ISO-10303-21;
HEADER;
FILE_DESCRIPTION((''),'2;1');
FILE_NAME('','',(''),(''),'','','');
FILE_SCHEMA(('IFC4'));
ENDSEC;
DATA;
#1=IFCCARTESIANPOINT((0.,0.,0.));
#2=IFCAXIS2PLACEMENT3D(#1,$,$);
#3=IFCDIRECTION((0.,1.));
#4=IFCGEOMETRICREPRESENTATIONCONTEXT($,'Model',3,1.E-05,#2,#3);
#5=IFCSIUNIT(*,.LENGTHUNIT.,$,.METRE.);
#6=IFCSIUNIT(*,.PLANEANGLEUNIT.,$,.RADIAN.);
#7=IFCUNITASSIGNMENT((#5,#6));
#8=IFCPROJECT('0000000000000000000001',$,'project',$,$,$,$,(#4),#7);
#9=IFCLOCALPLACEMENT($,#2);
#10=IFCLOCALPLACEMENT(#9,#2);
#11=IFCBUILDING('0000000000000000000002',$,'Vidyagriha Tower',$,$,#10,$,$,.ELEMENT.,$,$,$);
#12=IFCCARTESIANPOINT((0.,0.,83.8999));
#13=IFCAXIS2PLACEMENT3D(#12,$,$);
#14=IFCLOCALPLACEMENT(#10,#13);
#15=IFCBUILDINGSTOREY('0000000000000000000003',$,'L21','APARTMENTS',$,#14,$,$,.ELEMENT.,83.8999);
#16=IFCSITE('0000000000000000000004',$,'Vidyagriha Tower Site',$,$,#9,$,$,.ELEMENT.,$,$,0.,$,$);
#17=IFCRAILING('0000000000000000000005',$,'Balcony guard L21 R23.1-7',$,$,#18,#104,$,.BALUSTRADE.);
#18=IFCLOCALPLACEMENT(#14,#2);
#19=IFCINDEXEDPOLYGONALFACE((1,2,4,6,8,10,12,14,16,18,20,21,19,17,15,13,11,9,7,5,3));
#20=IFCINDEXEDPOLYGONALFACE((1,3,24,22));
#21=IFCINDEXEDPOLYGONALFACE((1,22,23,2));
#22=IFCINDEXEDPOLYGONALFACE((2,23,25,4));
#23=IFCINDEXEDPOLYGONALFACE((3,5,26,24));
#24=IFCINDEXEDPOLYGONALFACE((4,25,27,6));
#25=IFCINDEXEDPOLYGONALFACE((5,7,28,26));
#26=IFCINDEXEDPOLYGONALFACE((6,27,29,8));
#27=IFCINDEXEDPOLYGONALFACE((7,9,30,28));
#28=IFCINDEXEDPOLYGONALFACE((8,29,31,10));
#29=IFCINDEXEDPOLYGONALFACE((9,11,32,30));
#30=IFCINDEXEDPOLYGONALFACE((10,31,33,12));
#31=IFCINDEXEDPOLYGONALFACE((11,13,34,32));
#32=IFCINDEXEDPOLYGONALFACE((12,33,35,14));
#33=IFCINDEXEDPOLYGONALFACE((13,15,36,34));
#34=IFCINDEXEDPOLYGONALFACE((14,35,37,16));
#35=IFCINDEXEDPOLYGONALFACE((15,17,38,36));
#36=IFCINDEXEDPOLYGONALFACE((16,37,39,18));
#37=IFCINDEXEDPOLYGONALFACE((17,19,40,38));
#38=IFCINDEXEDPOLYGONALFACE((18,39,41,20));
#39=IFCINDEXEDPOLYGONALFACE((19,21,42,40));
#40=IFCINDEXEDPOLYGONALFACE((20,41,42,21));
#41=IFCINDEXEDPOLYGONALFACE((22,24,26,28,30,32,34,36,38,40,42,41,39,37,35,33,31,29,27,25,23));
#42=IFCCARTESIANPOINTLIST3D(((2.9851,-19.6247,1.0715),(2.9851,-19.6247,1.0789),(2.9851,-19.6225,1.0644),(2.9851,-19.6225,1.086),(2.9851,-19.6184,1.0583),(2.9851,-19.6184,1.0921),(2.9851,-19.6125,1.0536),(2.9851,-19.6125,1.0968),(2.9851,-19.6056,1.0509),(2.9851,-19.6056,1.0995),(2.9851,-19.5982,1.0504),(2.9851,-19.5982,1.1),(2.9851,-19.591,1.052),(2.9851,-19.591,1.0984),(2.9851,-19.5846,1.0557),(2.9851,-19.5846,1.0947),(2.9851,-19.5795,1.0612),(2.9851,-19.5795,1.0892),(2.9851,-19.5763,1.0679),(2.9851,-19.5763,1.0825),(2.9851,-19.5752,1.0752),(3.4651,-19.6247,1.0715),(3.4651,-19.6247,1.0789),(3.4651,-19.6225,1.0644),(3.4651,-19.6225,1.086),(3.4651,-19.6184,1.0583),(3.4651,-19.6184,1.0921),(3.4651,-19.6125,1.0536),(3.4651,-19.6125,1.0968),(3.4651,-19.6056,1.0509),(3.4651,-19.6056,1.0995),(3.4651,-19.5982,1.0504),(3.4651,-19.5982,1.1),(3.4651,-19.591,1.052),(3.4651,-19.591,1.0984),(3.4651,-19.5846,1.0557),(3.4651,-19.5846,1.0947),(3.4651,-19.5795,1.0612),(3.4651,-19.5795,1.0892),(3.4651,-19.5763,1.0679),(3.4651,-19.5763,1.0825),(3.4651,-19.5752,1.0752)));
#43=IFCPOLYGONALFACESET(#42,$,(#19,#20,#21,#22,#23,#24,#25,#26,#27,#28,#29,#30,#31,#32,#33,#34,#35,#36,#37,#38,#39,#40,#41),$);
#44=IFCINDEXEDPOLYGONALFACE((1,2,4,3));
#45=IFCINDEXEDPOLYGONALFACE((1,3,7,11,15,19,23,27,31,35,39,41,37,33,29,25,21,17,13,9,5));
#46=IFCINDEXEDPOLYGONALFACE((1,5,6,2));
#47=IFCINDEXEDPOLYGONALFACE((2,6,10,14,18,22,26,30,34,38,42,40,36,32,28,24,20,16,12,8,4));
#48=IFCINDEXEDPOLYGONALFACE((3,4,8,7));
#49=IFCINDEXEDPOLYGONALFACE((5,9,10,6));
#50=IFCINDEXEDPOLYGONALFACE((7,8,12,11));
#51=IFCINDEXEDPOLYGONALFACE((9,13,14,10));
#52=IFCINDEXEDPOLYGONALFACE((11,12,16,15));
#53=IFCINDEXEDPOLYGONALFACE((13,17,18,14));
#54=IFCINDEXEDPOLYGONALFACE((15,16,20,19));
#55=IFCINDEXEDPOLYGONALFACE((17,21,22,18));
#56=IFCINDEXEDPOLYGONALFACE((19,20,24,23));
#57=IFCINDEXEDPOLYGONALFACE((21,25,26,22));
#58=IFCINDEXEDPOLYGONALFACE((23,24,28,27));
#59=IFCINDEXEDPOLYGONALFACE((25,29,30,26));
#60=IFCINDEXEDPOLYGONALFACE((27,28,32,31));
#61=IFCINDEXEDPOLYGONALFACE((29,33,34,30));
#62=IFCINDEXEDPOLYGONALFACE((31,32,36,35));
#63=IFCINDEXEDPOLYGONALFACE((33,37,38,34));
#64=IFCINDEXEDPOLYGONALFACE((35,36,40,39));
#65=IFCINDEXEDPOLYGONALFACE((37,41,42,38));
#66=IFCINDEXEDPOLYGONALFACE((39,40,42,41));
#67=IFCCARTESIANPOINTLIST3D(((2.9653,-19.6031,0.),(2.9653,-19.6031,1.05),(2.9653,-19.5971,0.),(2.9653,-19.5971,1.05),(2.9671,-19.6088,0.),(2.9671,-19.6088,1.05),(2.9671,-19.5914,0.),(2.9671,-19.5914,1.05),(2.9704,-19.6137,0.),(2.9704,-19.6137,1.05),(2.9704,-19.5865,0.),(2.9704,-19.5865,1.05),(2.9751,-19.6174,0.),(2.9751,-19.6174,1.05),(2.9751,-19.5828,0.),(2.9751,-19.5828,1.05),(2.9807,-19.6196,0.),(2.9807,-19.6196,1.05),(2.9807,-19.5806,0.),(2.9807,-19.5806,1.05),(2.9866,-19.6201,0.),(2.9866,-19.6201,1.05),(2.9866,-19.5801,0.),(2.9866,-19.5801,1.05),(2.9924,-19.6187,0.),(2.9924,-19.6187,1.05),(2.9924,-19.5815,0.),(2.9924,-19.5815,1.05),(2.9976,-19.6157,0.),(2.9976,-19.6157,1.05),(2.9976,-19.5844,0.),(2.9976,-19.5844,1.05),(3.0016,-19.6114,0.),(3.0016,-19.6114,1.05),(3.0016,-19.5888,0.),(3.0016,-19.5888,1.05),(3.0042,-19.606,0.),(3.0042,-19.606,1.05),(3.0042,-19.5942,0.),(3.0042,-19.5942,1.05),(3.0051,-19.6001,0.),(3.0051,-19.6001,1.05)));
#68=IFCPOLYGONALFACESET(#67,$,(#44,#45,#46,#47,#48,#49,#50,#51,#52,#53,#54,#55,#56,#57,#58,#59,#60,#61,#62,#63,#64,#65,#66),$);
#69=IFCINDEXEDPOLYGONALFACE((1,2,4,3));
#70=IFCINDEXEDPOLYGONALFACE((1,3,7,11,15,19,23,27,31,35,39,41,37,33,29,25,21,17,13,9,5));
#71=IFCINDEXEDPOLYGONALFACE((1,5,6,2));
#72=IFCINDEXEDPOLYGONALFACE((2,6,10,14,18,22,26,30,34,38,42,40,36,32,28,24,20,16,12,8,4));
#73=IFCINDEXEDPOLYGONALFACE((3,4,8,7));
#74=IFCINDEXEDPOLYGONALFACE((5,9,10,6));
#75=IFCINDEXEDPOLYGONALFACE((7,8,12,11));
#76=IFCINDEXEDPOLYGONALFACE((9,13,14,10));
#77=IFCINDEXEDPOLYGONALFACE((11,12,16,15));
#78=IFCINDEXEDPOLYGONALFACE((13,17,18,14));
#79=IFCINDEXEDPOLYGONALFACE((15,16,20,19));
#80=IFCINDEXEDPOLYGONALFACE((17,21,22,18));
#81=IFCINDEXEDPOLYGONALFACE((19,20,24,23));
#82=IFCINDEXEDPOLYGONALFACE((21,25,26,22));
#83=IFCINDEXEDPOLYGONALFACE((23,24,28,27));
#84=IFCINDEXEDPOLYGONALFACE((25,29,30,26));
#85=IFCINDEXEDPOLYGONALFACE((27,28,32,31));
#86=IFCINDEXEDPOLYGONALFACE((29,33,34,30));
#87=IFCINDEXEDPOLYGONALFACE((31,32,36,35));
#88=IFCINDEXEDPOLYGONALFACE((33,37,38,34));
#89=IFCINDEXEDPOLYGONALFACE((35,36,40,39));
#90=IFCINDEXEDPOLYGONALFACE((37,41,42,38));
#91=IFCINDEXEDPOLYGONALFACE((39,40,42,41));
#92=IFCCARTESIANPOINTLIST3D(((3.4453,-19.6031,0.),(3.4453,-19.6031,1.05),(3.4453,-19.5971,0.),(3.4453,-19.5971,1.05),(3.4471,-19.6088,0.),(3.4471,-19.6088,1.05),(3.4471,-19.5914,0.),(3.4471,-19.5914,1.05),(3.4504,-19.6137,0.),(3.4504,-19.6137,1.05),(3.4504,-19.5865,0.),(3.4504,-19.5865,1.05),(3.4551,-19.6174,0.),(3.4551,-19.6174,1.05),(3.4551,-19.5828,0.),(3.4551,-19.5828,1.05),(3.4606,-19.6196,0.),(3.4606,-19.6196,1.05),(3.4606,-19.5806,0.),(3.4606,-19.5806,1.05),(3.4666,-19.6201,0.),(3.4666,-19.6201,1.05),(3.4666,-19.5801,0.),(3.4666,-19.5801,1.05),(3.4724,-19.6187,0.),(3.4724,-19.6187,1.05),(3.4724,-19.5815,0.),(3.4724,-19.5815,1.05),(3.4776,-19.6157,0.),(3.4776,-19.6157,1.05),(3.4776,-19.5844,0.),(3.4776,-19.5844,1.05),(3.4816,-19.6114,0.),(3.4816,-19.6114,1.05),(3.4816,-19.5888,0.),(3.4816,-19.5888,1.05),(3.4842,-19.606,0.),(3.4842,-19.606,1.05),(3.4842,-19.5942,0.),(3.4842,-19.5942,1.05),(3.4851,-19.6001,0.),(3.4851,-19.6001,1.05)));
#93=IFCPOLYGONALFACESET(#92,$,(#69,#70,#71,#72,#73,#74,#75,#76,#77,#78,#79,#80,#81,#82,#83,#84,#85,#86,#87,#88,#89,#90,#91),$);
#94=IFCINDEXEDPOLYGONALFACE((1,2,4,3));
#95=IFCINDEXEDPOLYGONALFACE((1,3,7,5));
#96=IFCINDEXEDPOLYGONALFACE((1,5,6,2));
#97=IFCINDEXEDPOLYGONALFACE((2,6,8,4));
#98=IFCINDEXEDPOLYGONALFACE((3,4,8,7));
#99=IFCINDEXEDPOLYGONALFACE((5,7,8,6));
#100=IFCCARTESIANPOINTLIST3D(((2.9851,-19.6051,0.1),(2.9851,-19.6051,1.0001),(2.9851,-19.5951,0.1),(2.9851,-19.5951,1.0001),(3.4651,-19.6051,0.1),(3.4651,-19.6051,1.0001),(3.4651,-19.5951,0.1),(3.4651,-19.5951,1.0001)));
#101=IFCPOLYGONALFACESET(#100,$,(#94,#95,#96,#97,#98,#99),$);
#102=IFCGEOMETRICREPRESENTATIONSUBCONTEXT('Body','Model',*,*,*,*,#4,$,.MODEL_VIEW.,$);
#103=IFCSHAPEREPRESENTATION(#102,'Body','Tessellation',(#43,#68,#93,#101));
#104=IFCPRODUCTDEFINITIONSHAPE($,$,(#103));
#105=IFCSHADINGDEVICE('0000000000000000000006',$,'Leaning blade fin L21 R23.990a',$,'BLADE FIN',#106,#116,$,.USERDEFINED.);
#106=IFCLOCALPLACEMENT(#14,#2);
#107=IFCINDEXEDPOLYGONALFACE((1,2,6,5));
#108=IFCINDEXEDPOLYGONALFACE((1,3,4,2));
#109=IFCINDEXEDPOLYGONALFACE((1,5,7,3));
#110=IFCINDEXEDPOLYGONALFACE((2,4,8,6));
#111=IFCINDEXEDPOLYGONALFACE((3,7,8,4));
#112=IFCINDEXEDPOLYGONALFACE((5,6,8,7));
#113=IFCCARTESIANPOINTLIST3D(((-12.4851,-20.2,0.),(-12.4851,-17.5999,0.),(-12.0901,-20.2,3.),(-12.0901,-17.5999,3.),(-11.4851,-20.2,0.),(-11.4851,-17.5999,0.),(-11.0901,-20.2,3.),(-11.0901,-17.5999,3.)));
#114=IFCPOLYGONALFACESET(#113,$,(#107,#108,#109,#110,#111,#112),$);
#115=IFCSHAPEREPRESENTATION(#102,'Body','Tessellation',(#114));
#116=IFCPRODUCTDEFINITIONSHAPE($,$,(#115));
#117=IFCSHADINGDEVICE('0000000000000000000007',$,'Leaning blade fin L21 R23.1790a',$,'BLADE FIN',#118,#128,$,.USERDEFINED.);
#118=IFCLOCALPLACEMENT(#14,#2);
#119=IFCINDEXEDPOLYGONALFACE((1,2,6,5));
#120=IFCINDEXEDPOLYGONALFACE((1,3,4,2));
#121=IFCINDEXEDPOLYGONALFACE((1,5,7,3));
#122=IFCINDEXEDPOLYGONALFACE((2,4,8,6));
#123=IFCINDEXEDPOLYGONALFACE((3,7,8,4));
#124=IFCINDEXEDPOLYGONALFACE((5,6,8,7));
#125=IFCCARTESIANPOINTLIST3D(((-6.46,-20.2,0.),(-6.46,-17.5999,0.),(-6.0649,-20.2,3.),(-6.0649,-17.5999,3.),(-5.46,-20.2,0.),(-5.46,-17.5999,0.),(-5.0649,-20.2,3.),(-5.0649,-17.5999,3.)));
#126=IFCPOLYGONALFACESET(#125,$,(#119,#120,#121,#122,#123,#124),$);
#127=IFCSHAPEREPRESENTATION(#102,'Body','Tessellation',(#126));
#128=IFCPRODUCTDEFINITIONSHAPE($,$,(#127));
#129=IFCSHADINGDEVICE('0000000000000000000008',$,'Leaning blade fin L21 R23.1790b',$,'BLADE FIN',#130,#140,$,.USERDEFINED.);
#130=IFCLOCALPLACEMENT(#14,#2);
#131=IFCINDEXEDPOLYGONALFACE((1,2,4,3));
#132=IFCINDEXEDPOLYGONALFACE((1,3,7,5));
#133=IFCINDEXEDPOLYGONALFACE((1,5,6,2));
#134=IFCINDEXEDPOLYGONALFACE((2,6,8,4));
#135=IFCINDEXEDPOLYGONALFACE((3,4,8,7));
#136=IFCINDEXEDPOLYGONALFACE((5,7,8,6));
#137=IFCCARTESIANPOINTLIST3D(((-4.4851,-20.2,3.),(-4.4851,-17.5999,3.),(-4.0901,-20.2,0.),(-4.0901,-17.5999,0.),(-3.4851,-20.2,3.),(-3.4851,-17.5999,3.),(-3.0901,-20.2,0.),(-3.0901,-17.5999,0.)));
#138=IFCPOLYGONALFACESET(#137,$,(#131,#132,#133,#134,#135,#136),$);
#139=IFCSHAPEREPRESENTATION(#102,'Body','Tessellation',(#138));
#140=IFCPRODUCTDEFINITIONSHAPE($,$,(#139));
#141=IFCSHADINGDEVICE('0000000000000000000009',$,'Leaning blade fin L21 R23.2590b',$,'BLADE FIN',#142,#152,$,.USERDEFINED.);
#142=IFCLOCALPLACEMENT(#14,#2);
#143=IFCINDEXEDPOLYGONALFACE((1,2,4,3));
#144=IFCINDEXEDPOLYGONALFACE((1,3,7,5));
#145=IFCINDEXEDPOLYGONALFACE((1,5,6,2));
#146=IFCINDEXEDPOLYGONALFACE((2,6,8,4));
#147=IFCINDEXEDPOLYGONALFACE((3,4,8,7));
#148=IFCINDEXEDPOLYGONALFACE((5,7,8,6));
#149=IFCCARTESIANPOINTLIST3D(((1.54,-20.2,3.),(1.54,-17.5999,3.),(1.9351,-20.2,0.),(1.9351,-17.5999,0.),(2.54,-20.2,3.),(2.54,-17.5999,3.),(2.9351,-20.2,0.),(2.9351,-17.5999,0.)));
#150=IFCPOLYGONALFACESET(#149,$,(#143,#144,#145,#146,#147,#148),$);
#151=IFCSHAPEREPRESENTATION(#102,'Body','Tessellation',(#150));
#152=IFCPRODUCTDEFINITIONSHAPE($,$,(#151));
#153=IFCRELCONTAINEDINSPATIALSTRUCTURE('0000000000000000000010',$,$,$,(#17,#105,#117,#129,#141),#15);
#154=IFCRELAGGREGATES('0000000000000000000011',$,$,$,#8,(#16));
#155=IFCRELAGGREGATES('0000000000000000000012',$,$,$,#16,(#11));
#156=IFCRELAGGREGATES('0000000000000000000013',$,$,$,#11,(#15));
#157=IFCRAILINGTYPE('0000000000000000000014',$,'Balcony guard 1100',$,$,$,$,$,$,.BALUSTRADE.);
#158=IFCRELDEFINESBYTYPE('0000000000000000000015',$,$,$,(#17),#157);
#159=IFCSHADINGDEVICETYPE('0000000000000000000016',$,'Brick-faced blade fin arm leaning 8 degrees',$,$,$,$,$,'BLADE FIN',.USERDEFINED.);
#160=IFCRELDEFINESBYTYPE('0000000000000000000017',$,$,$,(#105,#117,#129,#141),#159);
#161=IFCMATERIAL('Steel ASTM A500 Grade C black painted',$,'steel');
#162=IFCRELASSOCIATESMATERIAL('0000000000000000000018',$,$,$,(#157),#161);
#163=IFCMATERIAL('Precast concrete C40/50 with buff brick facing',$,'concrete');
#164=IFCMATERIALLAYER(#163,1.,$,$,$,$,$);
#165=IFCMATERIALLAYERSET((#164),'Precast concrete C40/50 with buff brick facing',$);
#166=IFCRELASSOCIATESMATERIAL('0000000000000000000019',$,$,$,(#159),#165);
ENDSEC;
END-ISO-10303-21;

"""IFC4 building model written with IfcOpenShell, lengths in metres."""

from ifc_helpers import new_model, si_unit, direction, frame, origin, origin_2d, place, context, subcontext, project, spatial, polyline, rectangle, circle, outline, extrude, material, layer, layer_set, type_object, element, save


model = new_model("IFC4")

# Units and contexts
model_context = context("Model", 3, precision=1e-05, world=origin(), true_north=direction((0.0, 1.0)))
body_context = subcontext(model_context, "Body", "Model", "MODEL_VIEW")
ifc_project = project(units=[si_unit("LENGTHUNIT", "METRE"), si_unit("PLANEANGLEUNIT", "RADIAN")], contexts=[model_context])

# Site, building, storey
site_placement = place(None, origin())
site = spatial("IfcSite", under=ifc_project, at=site_placement, Name="Vidyagriha Tower Site", CompositionType="ELEMENT", RefElevation=0.0)
building_placement = place(site_placement, origin())
building = spatial("IfcBuilding", under=site, at=building_placement, Name="Vidyagriha Tower", CompositionType="ELEMENT")
storey_placement = place(building_placement, frame((0.0, 0.0, 83.8999)))
storey = spatial("IfcBuildingStorey", under=building, at=storey_placement, Name="L21", Description="APARTMENTS", CompositionType="ELEMENT", Elevation=83.8999)

# Railing
ifc_material_1 = material(Name="Steel ASTM A500 Grade C black painted", Category="steel")
railing_type = type_object("IfcRailingType", Name="Balcony guard 1100", PredefinedType="BALUSTRADE", material=ifc_material_1)
railing_1_placement = place(storey_placement, frame((2.9851, -19.6001, 0.0)))
element("IfcRailing", 1, at=railing_1_placement, inside=storey, type_object=railing_type, Name="Balcony guard L21 R23.1-7", PredefinedType="BALUSTRADE", context=body_context, shape_type="SweptSolid", body=[
    extrude(circle(Radius=0.0249, at=origin_2d()), frame((0.0, 0.0, 1.0752), z_axis=(1.0, 0.0, 0.0), x_axis=(0.0, 1.0, 0.0)), (0.0, 0.0, 1.0), 0.48),
    extrude(circle(Radius=0.02, at=origin_2d()), origin(), (0.0, 0.0, 1.0), 1.05),
    extrude(circle(Radius=0.02, at=origin_2d()), frame((0.48, 0.0, 0.0)), (0.0, 0.0, 1.0), 1.05),
    extrude(rectangle(XDim=0.01, YDim=0.9001, at=origin_2d()), frame((0.0, 0.0, 0.55), z_axis=(1.0, 0.0, 0.0), x_axis=(0.0, 1.0, 0.0)), (0.0, 0.0, 1.0), 0.48),
])

# Shading devices
ifc_material_2 = material(Name="Precast concrete C40/50 with buff brick facing", Category="concrete")
ifc_layer_1 = layer(ifc_material_2, 1.0)
ifc_layer_set_1 = layer_set([ifc_layer_1], Name="Precast concrete C40/50 with buff brick facing")
shading_device_type = type_object("IfcShadingDeviceType", Name="Brick-faced blade fin arm leaning 8 degrees", ElementType="BLADE FIN", PredefinedType="USERDEFINED", material=ifc_layer_set_1)
for number, where, name in (
    (2, (-12.4851, -18.8999, 0.0), "Leaning blade fin L21 R23.990a"),
    (3, (-6.46, -18.8999, 0.0), "Leaning blade fin L21 R23.1790a"),
):
    element("IfcShadingDevice", number, at=place(storey_placement, frame(where)), inside=storey, type_object=shading_device_type, Name=name, ObjectType="BLADE FIN", PredefinedType="USERDEFINED", context=body_context, shape_type="SweptSolid", body=[
        extrude(outline(polyline([(0.0, 0.0), (1.0, 0.0), (1.395, 3.0), (0.395, 3.0), (0.0, 0.0)])), frame((0.0, 1.3, 0.0), z_axis=(0.0, -1.0, 0.0), x_axis=(1.0, 0.0, 0.0)), (0.0, 0.0, 1.0), 2.6001),
    ])
for number, where, name in (
    (4, (-4.4851, -18.8999, 0.0), "Leaning blade fin L21 R23.1790b"),
    (5, (1.54, -18.8999, 0.0), "Leaning blade fin L21 R23.2590b"),
):
    element("IfcShadingDevice", number, at=place(storey_placement, frame(where)), inside=storey, type_object=shading_device_type, Name=name, ObjectType="BLADE FIN", PredefinedType="USERDEFINED", context=body_context, shape_type="SweptSolid", body=[
        extrude(outline(polyline([(0.395, 0.0), (1.395, 0.0), (1.0, 3.0), (0.0, 3.0), (0.395, 0.0)])), frame((0.0, 1.3, 0.0), z_axis=(0.0, -1.0, 0.0), x_axis=(1.0, 0.0, 0.0)), (0.0, 0.0, 1.0), 2.6001),
    ])

save(model, "model.ifc")
